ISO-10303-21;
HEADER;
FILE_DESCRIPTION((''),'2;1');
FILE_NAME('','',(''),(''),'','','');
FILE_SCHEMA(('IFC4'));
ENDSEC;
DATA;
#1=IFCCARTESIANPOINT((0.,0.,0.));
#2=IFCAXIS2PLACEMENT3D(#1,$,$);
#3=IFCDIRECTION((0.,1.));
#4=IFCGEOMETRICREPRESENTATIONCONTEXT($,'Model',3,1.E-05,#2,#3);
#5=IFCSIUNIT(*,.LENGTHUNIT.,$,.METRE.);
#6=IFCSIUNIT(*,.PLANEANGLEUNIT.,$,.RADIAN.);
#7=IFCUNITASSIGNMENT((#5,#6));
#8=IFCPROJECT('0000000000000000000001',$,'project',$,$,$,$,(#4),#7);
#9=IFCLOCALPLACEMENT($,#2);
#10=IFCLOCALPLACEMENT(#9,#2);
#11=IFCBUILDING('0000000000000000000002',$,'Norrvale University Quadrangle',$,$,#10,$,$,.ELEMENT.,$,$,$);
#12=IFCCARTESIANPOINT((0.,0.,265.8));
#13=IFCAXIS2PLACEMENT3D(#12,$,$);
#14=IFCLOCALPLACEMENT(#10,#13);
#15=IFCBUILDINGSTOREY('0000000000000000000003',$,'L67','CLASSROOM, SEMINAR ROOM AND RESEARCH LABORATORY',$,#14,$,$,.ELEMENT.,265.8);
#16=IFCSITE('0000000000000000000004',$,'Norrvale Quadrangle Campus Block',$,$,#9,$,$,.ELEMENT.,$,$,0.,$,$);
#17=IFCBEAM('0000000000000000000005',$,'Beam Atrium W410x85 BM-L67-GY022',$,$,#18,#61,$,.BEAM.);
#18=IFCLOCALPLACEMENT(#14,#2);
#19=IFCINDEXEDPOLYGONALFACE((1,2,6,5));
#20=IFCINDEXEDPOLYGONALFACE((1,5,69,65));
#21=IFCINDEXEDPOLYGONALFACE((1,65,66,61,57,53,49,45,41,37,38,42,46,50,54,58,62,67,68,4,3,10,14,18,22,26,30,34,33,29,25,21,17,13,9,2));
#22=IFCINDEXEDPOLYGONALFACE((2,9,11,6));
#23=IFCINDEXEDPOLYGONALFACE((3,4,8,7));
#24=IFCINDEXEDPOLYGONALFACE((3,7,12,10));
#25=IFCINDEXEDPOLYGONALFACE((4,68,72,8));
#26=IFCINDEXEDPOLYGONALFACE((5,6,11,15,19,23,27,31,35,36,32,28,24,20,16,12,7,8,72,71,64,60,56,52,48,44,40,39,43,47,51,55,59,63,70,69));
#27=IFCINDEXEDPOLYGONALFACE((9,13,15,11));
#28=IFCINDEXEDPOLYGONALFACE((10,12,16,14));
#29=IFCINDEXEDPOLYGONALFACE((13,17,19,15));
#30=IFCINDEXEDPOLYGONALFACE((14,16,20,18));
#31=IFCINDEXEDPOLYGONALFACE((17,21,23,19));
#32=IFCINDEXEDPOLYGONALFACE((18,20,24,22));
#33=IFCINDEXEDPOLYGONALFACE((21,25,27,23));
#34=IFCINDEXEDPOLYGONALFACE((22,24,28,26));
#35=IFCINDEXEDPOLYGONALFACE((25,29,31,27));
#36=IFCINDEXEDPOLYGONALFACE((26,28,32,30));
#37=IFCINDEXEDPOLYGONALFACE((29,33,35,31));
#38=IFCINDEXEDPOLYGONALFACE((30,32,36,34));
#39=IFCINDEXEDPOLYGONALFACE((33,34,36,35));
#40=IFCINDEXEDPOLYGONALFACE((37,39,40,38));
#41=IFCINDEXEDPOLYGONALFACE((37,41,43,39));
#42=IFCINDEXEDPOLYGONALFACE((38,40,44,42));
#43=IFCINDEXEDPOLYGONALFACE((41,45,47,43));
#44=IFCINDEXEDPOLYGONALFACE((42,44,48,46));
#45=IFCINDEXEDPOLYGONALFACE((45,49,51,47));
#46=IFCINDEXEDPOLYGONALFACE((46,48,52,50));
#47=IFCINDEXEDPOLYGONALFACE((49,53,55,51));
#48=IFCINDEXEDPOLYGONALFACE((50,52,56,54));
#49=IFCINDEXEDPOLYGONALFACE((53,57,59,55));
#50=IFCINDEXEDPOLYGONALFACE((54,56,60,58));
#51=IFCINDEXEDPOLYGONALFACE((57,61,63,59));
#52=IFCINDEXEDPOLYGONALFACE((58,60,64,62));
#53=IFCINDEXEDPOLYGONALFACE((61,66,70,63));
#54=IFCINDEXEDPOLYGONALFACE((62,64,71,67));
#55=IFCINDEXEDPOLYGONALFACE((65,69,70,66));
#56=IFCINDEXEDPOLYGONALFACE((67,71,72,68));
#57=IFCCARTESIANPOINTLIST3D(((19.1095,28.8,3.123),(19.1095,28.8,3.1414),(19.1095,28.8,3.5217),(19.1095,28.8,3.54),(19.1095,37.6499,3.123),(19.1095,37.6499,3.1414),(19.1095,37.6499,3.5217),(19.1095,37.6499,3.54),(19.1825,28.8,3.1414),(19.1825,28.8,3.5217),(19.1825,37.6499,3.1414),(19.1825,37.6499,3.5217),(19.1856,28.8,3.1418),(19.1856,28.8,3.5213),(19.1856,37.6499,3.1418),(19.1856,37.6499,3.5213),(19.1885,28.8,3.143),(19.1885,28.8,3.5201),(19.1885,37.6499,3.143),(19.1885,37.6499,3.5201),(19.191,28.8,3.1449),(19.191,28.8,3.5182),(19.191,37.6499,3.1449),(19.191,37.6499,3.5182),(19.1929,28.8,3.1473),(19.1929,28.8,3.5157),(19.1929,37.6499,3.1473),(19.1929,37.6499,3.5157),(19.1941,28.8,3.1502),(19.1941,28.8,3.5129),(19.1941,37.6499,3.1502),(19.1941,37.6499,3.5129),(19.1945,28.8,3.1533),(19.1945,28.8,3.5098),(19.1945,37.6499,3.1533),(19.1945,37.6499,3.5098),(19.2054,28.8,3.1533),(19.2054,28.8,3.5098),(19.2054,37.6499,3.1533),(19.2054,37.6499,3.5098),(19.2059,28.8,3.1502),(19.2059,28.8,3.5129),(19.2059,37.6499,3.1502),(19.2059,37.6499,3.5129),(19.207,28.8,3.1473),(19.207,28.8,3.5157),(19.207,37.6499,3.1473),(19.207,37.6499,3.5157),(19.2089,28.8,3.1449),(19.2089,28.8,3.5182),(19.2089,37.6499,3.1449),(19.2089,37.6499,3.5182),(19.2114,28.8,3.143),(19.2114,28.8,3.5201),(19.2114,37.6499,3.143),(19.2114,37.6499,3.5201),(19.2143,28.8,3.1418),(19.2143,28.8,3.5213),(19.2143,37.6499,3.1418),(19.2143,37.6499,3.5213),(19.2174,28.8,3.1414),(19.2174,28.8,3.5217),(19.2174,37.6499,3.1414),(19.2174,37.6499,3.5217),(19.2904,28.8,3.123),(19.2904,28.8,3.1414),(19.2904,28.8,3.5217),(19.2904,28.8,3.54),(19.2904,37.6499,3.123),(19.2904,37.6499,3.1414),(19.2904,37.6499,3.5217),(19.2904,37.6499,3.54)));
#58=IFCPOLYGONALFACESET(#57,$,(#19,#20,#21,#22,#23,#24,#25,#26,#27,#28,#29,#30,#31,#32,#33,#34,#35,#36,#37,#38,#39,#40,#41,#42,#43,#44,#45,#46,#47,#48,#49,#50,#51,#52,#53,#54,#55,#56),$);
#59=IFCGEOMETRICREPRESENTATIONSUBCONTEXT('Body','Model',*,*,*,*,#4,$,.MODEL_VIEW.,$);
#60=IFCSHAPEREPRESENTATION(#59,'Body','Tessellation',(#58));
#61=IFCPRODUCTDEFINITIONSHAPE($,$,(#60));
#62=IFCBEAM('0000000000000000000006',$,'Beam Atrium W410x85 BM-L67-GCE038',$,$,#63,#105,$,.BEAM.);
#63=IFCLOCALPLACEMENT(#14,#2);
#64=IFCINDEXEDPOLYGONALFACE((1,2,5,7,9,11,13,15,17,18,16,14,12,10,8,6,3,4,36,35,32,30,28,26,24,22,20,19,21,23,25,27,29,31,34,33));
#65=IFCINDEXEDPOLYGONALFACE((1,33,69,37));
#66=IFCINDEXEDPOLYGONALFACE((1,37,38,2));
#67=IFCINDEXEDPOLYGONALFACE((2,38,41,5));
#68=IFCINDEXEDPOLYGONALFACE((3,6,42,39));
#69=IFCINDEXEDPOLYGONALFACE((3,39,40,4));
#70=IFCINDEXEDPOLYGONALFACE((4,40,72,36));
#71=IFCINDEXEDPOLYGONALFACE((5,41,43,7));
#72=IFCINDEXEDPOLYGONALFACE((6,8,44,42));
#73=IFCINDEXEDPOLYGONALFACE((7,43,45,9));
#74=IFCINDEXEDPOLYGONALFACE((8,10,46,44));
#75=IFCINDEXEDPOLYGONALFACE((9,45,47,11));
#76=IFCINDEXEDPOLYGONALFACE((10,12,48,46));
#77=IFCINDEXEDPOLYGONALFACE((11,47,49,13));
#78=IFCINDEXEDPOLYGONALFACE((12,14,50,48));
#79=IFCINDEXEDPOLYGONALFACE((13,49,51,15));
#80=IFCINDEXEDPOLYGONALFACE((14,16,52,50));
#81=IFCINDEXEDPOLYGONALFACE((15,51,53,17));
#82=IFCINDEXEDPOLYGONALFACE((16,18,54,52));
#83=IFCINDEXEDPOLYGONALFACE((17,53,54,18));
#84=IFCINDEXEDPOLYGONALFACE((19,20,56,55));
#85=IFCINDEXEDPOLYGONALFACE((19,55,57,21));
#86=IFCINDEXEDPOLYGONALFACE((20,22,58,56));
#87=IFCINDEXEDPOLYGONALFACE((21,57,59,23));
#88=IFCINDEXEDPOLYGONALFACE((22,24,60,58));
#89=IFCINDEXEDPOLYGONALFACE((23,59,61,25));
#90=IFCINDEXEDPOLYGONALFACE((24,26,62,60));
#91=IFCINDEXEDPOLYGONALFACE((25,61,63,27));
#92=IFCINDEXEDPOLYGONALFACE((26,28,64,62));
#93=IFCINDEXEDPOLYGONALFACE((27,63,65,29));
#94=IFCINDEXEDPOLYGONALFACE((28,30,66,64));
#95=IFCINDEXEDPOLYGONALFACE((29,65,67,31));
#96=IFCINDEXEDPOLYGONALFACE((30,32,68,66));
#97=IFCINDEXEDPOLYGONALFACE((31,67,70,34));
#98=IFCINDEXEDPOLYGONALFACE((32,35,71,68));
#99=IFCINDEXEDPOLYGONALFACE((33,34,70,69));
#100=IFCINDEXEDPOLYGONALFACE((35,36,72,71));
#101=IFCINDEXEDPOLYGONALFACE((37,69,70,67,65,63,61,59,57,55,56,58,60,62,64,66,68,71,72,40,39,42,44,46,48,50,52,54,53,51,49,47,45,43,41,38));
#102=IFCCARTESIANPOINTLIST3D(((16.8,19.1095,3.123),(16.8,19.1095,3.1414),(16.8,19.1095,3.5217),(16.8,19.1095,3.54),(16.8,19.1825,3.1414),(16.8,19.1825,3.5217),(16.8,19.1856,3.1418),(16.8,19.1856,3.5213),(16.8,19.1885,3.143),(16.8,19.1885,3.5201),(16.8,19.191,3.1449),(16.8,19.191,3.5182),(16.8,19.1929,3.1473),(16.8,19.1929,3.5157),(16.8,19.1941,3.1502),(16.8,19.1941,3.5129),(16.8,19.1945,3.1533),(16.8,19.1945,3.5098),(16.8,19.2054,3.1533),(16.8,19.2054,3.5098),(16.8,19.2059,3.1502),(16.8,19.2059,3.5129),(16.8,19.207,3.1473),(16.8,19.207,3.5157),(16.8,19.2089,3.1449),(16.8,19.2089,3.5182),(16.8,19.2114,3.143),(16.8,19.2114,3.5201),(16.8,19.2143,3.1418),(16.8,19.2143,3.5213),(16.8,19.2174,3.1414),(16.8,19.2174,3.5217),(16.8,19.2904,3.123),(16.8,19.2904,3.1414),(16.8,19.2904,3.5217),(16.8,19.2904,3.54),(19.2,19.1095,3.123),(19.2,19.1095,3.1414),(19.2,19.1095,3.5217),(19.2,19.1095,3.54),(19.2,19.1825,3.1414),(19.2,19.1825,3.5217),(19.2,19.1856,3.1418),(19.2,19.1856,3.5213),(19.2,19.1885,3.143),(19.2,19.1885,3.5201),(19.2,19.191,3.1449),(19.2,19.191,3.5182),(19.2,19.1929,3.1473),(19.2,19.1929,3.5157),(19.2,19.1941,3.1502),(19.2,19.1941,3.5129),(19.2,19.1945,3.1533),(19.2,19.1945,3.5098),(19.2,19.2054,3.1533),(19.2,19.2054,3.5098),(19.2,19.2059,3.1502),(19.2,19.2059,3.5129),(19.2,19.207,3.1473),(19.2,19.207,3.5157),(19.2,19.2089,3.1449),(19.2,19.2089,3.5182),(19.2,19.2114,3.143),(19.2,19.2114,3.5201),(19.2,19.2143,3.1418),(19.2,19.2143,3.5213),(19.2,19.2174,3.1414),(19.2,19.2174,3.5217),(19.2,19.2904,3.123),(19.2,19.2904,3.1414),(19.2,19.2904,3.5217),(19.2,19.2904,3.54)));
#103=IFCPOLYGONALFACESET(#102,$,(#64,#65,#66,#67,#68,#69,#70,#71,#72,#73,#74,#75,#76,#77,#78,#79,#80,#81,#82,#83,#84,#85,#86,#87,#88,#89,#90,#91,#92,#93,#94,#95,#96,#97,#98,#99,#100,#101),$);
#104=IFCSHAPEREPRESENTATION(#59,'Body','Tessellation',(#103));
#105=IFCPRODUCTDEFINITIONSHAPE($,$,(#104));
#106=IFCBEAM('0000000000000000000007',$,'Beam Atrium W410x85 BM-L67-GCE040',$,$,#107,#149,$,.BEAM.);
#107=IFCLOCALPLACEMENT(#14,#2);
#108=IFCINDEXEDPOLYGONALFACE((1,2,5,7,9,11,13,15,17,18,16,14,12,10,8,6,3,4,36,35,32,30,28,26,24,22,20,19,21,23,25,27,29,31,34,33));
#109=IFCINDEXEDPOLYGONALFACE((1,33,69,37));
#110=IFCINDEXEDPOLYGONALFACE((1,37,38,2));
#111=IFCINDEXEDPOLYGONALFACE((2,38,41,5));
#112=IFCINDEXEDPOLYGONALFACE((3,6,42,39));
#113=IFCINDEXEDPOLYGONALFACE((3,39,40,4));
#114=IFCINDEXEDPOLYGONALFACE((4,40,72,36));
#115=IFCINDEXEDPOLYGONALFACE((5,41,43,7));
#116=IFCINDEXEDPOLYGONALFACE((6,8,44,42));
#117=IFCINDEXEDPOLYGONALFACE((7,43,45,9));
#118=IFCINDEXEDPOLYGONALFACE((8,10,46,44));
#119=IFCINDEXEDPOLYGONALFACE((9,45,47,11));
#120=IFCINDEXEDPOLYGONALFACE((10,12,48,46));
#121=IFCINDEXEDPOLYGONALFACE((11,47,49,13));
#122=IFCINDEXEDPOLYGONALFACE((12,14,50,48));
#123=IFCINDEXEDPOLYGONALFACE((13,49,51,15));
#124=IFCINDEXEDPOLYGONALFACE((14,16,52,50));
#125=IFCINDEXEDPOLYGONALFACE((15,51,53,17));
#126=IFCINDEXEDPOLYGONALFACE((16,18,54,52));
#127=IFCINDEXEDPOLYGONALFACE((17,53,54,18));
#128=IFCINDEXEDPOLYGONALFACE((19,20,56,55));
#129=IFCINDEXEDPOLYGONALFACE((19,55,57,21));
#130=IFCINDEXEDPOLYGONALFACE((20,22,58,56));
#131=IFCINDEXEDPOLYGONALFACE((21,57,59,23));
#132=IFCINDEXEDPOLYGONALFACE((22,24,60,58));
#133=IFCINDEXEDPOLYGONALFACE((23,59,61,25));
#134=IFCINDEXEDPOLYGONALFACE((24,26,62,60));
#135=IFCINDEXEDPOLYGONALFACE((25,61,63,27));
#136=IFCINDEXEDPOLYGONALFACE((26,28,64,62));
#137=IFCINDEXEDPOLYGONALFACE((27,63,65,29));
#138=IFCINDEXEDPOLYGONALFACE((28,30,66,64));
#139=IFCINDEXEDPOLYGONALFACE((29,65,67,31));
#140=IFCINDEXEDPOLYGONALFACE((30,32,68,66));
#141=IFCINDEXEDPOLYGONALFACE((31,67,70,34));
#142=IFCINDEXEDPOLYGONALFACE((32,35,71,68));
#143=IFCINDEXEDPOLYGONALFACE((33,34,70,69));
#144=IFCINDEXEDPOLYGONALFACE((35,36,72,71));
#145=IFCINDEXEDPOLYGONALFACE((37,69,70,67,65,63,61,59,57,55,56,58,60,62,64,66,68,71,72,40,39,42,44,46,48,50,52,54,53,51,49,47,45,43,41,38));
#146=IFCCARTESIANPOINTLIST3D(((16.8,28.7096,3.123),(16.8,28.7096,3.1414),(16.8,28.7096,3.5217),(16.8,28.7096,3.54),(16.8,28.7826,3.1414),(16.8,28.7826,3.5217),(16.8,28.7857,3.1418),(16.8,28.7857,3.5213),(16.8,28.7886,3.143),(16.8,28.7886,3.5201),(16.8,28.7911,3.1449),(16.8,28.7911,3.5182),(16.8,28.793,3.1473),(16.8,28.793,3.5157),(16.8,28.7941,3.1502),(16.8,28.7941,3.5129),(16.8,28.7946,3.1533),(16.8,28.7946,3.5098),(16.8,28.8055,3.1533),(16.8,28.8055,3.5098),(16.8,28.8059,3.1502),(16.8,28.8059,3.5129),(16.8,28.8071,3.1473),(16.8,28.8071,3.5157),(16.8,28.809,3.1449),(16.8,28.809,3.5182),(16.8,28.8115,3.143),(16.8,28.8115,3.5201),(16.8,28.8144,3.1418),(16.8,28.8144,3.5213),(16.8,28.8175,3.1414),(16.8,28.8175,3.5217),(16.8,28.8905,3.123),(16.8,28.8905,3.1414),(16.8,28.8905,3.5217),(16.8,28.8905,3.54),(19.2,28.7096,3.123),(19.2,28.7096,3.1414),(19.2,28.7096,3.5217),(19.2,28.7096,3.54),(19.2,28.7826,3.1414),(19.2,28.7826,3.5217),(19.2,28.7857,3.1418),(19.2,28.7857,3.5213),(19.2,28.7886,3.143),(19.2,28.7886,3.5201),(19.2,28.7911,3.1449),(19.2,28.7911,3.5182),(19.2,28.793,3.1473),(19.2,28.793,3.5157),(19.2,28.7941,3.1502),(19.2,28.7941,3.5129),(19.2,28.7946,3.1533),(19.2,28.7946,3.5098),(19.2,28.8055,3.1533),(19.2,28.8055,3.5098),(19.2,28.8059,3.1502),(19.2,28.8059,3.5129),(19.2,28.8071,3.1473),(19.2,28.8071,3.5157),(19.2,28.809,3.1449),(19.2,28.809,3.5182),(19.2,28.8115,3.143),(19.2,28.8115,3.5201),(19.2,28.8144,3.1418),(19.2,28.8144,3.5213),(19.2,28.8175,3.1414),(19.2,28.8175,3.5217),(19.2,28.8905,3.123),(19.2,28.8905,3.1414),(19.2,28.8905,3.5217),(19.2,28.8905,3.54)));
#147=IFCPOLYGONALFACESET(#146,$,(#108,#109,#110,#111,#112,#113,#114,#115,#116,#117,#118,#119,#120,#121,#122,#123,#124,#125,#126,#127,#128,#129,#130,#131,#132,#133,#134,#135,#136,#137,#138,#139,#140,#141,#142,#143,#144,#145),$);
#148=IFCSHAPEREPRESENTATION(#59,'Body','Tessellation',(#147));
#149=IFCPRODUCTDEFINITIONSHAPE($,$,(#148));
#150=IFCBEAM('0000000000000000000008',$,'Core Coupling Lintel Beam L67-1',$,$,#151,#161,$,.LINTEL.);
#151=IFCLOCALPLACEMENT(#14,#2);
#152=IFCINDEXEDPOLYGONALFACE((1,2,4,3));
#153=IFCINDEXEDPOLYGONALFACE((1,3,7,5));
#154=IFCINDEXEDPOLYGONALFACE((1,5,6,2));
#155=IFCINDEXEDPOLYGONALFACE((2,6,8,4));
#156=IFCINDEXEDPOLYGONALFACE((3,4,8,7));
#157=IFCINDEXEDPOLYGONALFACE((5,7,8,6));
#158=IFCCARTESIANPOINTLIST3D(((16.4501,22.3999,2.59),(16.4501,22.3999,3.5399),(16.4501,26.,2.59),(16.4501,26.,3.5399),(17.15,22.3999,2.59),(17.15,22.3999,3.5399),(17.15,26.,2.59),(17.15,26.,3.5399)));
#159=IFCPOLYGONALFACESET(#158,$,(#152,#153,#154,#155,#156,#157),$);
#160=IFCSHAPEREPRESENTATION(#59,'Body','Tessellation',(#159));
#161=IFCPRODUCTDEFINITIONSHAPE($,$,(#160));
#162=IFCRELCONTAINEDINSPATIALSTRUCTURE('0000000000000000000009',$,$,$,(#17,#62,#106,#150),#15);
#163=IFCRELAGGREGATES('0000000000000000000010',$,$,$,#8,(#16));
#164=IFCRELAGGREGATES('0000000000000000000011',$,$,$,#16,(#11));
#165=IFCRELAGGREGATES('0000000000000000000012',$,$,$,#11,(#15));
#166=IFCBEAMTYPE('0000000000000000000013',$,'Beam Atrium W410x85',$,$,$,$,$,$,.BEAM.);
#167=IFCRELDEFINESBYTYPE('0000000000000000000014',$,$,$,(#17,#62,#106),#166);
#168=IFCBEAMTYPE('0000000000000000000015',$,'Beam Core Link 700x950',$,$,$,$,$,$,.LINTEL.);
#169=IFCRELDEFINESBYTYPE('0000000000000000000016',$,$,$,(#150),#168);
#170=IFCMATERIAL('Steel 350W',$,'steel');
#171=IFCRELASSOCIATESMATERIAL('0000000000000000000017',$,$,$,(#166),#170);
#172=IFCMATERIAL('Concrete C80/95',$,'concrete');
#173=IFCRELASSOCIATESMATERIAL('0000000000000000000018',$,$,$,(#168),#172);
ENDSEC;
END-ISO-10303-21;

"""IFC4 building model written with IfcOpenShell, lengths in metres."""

from ifc_helpers import new_model, si_unit, direction, frame, origin, origin_2d, place, context, subcontext, project, spatial, rectangle, i_section, extrude, material, material_profile, profile_set, type_object, element, save


model = new_model("IFC4")

# Units and contexts
model_context = context("Model", 3, precision=1e-05, world=origin(), true_north=direction((0.0, 1.0)))
body_context = subcontext(model_context, "Body", "Model", "MODEL_VIEW")
ifc_project = project(units=[si_unit("LENGTHUNIT", "METRE"), si_unit("PLANEANGLEUNIT", "RADIAN")], contexts=[model_context])

# Site, building, storey
site_placement = place(None, origin())
site = spatial("IfcSite", under=ifc_project, at=site_placement, Name="Norrvale Quadrangle Campus Block", CompositionType="ELEMENT", RefElevation=0.0)
building_placement = place(site_placement, origin())
building = spatial("IfcBuilding", under=site, at=building_placement, Name="Norrvale University Quadrangle", CompositionType="ELEMENT")
storey_placement = place(building_placement, frame((0.0, 0.0, 265.8)))
storey = spatial("IfcBuildingStorey", under=building, at=storey_placement, Name="L67", Description="CLASSROOM, SEMINAR ROOM AND RESEARCH LABORATORY", CompositionType="ELEMENT", Elevation=265.8)

# Beams
ifc_material_1 = material(Name="Steel 350W", Category="steel")
ifc_material_profile_1 = material_profile(ifc_material_1, i_section(OverallWidth=0.1809, OverallDepth=0.417, WebThickness=0.011, FlangeThickness=0.0183, FilletRadius=0.012, at=origin_2d()), Name="Steel 350W")
ifc_profile_set_1 = profile_set([ifc_material_profile_1], Name="Steel 350W")
beam_type_1 = type_object("IfcBeamType", Name="Beam Atrium W410x85", PredefinedType="BEAM", material=ifc_profile_set_1)
beam_1_placement = place(storey_placement, frame((19.2, 28.8, 3.3315), z_axis=(0.0, 1.0, 0.0), x_axis=(-1.0, 0.0, 0.0)))
element("IfcBeam", 1, at=beam_1_placement, inside=storey, type_object=beam_type_1, Name="Beam Atrium W410x85 BM-L67-GY022", PredefinedType="BEAM", context=body_context, shape_type="SweptSolid", body=[
    extrude(i_section(OverallWidth=0.1809, OverallDepth=0.417, WebThickness=0.011, FlangeThickness=0.0183, FilletRadius=0.012, at=origin_2d()), origin(), (0.0, 0.0, 1.0), 8.8499),
])
for number, where, z_axis, x_axis, name in (
    (2, (16.8, 19.2, 3.3315), (1.0, 0.0, 0.0), (0.0, 1.0, 0.0), "Beam Atrium W410x85 BM-L67-GCE038"),
    (3, (16.8, 28.8, 3.3315), (1.0, 0.0, 0.0), (0.0, 1.0, 0.0), "Beam Atrium W410x85 BM-L67-GCE040"),
):
    element("IfcBeam", number, at=place(storey_placement, frame(where, z_axis=z_axis, x_axis=x_axis)), inside=storey, type_object=beam_type_1, Name=name, PredefinedType="BEAM", context=body_context, shape_type="SweptSolid", body=[
        extrude(i_section(OverallWidth=0.1809, OverallDepth=0.417, WebThickness=0.011, FlangeThickness=0.0183, FilletRadius=0.012, at=origin_2d()), origin(), (0.0, 0.0, 1.0), 2.3999),
    ])
ifc_material_2 = material(Name="Concrete C80/95", Category="concrete")
ifc_material_profile_2 = material_profile(ifc_material_2, rectangle(XDim=0.7, YDim=0.95, at=origin_2d()), Name="Concrete C80/95")
ifc_profile_set_2 = profile_set([ifc_material_profile_2], Name="Concrete C80/95")
beam_type_2 = type_object("IfcBeamType", Name="Beam Core Link 700x950", PredefinedType="LINTEL", material=ifc_profile_set_2)
beam_2_placement = place(storey_placement, frame((16.8, 22.3999, 3.0649), z_axis=(0.0, 1.0, 0.0), x_axis=(-1.0, 0.0, 0.0)))
element("IfcBeam", 4, at=beam_2_placement, inside=storey, type_object=beam_type_2, Name="Core Coupling Lintel Beam L67-1", PredefinedType="LINTEL", context=body_context, shape_type="SweptSolid", body=[
    extrude(rectangle(XDim=0.7, YDim=0.95, at=origin_2d()), origin(), (0.0, 0.0, 1.0), 3.6001),
])

save(model, "model.ifc")
